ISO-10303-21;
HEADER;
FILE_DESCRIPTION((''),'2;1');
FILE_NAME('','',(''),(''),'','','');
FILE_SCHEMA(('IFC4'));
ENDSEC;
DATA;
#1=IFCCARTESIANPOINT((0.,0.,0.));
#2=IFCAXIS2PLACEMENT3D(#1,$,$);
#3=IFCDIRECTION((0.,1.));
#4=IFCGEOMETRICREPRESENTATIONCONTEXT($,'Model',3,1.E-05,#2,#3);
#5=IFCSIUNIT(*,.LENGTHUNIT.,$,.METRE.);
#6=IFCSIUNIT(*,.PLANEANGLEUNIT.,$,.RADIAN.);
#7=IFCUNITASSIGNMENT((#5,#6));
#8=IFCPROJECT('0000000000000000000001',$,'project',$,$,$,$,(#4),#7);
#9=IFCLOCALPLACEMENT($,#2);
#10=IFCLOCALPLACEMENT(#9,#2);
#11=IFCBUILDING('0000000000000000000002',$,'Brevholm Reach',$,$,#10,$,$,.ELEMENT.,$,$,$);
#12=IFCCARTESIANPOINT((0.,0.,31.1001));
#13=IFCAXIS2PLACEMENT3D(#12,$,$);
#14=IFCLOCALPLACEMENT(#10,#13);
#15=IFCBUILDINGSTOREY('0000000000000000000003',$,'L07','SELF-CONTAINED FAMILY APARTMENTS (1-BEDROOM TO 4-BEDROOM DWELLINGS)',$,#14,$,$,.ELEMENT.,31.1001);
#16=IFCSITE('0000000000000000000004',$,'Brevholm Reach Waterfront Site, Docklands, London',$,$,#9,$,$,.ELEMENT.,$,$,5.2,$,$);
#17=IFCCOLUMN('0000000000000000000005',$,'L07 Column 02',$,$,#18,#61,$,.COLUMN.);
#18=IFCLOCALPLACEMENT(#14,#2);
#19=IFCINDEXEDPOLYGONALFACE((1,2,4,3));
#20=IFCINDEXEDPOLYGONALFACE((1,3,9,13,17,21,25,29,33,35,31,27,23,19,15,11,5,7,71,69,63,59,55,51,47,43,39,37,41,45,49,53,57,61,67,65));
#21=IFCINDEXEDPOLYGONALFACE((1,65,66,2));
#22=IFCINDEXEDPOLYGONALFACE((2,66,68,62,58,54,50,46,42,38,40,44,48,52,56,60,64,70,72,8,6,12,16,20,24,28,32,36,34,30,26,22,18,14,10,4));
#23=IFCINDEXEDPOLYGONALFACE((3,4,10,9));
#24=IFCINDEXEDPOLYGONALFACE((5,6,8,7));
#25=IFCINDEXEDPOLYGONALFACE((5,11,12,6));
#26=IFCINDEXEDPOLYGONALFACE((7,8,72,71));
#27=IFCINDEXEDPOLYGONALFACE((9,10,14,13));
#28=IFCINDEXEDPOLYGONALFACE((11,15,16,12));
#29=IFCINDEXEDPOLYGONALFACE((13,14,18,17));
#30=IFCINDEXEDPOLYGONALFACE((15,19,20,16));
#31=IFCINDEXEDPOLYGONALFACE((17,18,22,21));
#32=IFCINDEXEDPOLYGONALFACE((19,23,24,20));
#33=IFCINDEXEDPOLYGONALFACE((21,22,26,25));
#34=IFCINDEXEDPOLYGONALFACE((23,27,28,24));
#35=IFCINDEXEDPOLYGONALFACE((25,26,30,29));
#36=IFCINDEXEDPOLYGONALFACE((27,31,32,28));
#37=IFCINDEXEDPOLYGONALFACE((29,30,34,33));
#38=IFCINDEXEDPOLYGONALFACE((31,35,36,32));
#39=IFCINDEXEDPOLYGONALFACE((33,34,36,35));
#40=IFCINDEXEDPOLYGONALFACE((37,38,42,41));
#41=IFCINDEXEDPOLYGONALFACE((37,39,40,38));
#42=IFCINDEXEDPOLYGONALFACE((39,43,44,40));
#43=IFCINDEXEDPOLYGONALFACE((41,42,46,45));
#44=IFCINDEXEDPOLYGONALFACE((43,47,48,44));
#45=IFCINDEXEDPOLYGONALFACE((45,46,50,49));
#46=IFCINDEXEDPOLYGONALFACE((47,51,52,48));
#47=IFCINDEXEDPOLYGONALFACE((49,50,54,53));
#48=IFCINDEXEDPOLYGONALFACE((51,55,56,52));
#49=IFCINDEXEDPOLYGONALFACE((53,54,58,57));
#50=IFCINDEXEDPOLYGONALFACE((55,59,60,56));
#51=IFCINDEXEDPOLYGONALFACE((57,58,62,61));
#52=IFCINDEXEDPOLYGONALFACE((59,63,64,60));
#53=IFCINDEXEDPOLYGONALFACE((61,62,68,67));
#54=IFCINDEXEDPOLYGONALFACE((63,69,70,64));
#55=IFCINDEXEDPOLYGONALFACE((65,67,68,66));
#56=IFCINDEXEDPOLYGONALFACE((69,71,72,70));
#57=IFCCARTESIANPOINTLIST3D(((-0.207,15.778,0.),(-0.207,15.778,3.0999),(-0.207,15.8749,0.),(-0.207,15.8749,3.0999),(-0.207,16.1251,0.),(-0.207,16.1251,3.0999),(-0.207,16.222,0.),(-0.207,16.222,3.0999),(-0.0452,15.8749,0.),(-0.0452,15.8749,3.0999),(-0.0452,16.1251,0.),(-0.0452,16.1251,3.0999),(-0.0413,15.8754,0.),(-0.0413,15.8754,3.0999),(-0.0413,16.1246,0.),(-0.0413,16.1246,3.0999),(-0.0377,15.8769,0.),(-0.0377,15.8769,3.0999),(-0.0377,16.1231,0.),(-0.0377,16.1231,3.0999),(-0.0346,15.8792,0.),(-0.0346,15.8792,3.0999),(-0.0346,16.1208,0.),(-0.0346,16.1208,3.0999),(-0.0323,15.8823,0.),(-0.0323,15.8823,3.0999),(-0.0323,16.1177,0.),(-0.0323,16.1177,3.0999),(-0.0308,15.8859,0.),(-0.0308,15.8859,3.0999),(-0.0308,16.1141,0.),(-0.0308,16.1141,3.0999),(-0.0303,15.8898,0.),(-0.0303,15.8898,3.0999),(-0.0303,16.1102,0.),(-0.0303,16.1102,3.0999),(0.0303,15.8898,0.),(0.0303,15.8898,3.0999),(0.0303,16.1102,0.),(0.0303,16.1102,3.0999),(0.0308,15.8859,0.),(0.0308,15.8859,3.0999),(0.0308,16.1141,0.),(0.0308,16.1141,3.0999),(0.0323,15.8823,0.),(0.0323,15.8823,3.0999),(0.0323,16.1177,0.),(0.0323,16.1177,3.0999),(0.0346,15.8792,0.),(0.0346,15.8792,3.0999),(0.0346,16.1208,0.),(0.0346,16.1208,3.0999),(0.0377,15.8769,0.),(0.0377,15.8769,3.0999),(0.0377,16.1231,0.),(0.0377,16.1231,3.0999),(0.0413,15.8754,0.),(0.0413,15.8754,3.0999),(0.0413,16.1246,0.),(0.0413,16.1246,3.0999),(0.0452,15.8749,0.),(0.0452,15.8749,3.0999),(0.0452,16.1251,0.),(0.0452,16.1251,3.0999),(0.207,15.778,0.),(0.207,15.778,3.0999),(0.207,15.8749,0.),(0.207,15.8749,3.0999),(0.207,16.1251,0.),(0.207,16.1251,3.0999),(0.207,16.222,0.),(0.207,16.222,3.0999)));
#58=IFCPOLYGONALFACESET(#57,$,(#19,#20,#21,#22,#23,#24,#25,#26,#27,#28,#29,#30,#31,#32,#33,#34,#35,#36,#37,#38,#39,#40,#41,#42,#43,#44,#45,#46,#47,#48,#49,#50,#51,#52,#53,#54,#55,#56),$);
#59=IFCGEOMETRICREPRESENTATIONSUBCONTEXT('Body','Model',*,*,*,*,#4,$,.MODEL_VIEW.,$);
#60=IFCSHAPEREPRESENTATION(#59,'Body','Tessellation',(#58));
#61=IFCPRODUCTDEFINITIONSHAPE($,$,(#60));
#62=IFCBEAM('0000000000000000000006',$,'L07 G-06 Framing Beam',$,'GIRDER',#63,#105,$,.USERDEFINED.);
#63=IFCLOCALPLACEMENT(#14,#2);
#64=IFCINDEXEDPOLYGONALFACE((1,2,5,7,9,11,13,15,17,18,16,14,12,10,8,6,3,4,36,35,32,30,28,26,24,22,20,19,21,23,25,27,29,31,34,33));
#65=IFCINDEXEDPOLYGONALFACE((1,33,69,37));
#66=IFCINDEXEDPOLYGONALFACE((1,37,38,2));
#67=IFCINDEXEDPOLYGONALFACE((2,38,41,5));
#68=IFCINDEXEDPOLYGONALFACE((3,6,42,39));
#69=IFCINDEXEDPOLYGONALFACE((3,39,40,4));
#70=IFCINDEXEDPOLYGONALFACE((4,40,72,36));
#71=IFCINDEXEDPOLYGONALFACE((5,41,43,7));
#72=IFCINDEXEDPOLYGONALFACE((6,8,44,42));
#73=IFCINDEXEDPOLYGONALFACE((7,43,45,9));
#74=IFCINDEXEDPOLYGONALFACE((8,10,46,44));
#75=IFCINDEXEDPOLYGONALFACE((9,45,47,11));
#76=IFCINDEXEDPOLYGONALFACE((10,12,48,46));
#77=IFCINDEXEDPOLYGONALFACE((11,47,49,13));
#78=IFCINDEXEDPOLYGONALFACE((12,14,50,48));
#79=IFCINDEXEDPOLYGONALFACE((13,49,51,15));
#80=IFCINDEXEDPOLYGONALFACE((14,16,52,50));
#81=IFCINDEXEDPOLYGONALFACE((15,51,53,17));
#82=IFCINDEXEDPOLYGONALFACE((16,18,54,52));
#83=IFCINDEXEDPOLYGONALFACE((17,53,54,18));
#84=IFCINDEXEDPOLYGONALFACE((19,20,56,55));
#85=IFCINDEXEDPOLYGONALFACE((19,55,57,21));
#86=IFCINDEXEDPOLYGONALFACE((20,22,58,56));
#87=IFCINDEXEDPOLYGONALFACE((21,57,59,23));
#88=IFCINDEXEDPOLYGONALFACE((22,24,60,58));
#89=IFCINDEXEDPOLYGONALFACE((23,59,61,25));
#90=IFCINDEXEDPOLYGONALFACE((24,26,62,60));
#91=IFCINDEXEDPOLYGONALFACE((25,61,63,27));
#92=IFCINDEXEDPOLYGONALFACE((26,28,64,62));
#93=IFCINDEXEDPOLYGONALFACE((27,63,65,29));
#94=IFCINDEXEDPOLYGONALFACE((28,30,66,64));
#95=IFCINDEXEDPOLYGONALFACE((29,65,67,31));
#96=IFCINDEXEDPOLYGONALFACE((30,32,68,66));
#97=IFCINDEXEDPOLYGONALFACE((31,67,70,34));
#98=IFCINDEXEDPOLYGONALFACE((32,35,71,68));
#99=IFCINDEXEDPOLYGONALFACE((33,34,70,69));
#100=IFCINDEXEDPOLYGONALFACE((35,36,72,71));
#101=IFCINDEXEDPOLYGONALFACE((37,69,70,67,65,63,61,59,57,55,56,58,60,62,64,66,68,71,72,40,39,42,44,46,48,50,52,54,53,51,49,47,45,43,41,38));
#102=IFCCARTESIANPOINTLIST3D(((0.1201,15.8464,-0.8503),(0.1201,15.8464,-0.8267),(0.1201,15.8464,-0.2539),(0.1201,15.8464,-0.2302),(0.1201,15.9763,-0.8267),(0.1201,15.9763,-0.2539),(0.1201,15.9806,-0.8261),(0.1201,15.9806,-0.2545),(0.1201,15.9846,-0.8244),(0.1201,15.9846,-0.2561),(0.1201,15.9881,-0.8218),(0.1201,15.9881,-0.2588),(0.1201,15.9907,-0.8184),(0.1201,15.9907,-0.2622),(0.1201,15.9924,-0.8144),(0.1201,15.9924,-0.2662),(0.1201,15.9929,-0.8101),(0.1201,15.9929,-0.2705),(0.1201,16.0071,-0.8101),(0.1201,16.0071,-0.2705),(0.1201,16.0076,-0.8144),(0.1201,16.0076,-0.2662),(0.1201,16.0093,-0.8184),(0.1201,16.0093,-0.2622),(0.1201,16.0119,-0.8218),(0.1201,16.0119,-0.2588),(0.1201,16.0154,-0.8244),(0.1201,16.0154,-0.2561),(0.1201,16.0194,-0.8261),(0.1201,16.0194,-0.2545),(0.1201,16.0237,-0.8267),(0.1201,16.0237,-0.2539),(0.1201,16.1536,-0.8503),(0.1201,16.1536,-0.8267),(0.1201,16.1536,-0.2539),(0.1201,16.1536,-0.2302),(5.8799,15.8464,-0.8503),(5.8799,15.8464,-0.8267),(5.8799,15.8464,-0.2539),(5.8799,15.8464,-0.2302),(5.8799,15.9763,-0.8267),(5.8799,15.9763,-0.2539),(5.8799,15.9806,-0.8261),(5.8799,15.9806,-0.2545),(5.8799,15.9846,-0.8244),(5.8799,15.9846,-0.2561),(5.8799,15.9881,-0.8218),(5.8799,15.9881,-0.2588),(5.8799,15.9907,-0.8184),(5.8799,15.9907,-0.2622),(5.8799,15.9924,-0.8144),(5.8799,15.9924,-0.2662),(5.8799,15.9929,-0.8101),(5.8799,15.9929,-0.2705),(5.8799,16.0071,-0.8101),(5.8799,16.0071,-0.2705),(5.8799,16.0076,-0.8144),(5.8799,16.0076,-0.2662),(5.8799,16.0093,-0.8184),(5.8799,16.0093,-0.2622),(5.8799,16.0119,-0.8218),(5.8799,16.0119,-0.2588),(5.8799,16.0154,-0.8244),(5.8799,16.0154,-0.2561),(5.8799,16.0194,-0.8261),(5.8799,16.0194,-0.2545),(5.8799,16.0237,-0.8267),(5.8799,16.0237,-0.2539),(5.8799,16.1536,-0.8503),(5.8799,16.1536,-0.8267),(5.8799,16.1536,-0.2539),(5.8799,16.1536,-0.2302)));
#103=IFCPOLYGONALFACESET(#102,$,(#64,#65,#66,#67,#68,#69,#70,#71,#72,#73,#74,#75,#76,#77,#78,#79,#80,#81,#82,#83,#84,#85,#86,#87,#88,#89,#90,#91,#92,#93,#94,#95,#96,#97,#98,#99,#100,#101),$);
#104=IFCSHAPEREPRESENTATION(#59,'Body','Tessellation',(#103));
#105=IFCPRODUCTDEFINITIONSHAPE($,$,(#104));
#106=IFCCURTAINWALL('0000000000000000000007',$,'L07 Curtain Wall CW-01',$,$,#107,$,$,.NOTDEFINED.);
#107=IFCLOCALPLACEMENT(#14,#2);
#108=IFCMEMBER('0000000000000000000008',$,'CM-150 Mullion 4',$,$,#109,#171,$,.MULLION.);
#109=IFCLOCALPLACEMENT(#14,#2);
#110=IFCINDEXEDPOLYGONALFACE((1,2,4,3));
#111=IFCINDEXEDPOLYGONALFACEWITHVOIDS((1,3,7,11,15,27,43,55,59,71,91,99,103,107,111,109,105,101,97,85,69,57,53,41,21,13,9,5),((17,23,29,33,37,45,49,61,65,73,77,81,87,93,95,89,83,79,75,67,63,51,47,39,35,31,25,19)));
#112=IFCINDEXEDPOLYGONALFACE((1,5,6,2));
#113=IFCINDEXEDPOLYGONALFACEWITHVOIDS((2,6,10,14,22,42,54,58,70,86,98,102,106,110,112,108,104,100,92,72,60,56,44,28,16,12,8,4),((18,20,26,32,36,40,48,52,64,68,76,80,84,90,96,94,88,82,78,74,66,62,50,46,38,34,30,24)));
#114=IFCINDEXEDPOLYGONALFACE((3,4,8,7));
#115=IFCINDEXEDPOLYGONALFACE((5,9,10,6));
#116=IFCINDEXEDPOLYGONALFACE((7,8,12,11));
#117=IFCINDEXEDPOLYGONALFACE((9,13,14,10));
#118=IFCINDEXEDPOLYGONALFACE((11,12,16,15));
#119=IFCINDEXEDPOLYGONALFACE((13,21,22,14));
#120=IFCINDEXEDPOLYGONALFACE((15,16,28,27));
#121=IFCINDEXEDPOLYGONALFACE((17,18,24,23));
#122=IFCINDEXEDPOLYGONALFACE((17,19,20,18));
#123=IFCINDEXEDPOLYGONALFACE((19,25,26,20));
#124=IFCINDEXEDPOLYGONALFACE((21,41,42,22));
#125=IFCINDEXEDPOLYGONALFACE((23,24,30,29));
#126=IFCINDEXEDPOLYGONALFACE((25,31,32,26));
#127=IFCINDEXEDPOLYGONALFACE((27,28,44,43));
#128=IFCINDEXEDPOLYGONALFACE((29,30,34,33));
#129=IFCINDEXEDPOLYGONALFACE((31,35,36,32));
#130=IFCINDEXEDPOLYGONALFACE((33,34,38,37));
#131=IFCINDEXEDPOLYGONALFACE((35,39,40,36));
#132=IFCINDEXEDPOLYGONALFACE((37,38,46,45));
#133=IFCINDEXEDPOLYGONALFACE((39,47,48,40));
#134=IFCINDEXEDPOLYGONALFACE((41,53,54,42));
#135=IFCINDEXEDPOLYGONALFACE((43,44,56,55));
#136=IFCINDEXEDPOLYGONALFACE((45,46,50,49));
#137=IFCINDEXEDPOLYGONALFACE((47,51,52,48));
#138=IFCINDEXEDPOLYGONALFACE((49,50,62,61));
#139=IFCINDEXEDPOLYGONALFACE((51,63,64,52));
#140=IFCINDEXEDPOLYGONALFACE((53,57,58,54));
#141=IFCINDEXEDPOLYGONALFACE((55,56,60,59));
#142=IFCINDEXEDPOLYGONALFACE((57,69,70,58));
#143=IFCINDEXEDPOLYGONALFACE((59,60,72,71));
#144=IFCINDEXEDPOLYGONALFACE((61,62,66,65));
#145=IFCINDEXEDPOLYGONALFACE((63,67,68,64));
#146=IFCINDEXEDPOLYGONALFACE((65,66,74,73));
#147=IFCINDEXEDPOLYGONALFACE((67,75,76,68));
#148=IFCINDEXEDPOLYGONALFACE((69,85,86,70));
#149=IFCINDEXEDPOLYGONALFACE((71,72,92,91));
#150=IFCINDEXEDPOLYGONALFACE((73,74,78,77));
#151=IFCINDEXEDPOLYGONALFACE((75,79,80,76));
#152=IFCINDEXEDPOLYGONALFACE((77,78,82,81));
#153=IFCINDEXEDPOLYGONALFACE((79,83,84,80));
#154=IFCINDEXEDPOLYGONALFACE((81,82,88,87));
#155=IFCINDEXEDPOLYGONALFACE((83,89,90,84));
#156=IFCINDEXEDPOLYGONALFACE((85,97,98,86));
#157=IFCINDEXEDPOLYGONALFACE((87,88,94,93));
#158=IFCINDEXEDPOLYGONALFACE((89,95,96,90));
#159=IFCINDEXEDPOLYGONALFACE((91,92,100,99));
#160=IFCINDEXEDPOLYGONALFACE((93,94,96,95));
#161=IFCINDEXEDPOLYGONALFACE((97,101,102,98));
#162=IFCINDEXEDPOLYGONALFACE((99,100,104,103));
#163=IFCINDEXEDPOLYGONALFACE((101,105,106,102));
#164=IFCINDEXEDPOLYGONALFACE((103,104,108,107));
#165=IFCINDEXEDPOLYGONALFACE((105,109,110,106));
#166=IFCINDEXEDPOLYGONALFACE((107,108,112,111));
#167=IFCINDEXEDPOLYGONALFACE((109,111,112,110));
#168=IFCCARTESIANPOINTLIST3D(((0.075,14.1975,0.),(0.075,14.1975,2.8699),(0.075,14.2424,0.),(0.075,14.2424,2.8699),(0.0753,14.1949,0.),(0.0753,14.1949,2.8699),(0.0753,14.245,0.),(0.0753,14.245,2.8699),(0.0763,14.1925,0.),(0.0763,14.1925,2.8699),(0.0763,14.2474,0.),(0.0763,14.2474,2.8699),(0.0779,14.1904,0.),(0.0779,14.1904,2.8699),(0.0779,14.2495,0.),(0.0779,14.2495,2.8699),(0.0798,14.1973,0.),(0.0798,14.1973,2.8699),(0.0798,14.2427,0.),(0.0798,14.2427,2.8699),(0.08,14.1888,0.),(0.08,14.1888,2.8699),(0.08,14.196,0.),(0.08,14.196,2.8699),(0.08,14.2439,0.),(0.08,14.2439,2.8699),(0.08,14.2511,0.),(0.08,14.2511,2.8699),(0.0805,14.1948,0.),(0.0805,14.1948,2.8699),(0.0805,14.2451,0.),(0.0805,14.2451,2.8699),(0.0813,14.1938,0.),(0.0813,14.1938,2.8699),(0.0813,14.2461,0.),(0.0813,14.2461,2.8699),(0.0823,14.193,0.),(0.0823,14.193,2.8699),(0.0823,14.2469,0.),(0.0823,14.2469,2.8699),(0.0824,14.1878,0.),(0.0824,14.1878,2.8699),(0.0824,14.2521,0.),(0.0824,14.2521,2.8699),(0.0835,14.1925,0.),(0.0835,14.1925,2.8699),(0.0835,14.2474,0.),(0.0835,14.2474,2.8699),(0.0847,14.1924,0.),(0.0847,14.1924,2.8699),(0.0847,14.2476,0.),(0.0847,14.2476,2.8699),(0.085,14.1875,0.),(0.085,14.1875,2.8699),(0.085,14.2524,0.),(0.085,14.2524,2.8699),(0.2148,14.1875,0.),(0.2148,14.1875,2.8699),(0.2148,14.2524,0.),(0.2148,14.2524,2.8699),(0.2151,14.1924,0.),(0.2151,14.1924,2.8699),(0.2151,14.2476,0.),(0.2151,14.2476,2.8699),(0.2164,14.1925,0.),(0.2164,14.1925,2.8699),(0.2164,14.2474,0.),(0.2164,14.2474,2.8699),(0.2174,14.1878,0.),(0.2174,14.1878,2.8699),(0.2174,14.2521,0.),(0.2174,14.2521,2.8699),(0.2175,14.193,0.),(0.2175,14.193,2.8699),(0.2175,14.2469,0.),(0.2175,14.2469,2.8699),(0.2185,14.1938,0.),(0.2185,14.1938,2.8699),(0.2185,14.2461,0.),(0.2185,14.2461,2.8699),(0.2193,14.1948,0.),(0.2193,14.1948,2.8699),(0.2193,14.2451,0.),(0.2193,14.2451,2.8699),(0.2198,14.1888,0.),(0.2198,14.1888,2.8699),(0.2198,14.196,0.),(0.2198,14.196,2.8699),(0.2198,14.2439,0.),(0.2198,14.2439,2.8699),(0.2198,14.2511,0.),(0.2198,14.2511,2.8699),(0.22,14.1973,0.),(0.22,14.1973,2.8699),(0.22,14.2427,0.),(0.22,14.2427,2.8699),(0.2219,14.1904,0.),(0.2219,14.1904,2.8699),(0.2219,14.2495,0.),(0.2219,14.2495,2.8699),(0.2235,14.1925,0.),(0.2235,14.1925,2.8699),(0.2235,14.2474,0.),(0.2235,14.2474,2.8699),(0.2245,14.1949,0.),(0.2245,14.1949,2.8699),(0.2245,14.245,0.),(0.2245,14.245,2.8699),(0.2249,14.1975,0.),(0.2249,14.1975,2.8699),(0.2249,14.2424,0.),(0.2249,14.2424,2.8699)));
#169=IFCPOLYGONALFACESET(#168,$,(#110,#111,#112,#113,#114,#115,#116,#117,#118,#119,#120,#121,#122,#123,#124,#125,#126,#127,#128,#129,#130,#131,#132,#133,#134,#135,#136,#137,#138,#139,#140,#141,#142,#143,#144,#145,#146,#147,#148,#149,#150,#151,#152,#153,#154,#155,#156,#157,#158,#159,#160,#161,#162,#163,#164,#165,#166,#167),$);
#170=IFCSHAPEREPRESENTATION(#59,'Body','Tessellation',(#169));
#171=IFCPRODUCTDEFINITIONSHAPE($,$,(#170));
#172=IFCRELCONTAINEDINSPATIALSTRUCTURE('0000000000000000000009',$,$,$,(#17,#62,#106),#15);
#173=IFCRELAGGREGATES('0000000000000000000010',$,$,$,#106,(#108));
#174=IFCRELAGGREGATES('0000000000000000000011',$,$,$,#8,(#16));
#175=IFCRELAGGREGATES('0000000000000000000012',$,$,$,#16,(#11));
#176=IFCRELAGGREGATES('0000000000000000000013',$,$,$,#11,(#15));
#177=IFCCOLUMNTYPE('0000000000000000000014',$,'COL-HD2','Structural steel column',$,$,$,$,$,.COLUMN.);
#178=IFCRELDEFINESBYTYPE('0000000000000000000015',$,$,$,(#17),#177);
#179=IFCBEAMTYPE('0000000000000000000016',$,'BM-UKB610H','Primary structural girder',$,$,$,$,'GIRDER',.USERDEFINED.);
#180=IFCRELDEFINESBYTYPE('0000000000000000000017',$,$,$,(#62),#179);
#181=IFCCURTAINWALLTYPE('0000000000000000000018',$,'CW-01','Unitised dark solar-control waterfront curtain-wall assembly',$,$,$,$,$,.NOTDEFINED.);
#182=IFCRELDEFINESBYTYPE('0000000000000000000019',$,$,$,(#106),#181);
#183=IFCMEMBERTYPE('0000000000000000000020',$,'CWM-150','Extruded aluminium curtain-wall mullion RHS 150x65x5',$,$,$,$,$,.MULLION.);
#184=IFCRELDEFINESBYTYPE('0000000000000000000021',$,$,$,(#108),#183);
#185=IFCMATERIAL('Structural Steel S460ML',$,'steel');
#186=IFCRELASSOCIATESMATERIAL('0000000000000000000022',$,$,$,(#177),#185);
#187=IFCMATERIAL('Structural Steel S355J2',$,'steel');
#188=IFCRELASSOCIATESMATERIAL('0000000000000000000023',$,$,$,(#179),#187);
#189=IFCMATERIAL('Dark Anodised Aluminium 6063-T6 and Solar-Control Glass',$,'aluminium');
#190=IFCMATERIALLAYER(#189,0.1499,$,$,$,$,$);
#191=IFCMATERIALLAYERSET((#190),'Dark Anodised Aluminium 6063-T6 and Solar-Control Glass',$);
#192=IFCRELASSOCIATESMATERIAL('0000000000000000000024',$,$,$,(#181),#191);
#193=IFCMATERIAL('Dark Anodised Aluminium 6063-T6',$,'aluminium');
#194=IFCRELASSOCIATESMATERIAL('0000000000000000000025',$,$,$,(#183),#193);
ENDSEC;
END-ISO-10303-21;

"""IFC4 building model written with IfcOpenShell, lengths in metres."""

from ifc_helpers import new_model, si_unit, direction, frame, origin, origin_2d, place, context, subcontext, project, spatial, hollow_rectangle, i_section, extrude, material, layer, layer_set, material_profile, profile_set, type_object, element, aggregate, save


model = new_model("IFC4")

# Units and contexts
model_context = context("Model", 3, precision=1e-05, world=origin(), true_north=direction((0.0, 1.0)))
body_context = subcontext(model_context, "Body", "Model", "MODEL_VIEW")
ifc_project = project(units=[si_unit("LENGTHUNIT", "METRE"), si_unit("PLANEANGLEUNIT", "RADIAN")], contexts=[model_context])

# Site, building, storey
site_placement = place(None, origin())
site = spatial("IfcSite", under=ifc_project, at=site_placement, Name="Brevholm Reach Waterfront Site, Docklands, London", CompositionType="ELEMENT", RefElevation=5.2)
building_placement = place(site_placement, origin())
building = spatial("IfcBuilding", under=site, at=building_placement, Name="Brevholm Reach", CompositionType="ELEMENT")
storey_placement = place(building_placement, frame((0.0, 0.0, 31.1001)))
storey = spatial("IfcBuildingStorey", under=building, at=storey_placement, Name="L07", Description="SELF-CONTAINED FAMILY APARTMENTS (1-BEDROOM TO 4-BEDROOM DWELLINGS)", CompositionType="ELEMENT", Elevation=31.1001)

# Column
ifc_material_1 = material(Name="Structural Steel S460ML", Category="steel")
ifc_material_profile_1 = material_profile(ifc_material_1, i_section(OverallWidth=0.4141, OverallDepth=0.4441, WebThickness=0.0605, FlangeThickness=0.0969, FilletRadius=0.0149, at=origin_2d()), Name="HD 400x818")
ifc_profile_set_1 = profile_set([ifc_material_profile_1], Name="Structural Steel S460ML")
column_type = type_object("IfcColumnType", Name="COL-HD2", Description="Structural steel column", PredefinedType="COLUMN", material=ifc_profile_set_1)
column_placement = place(storey_placement, frame((0.0, 16.0, 0.0), z_axis=(0.0, 0.0, 1.0), x_axis=(1.0, 0.0, 0.0)))
element("IfcColumn", 1, at=column_placement, inside=storey, type_object=column_type, Name="L07 Column 02", PredefinedType="COLUMN", context=body_context, shape_type="SweptSolid", body=[
    extrude(i_section(OverallWidth=0.4141, OverallDepth=0.4441, WebThickness=0.0605, FlangeThickness=0.0969, FilletRadius=0.0149, at=origin_2d()), origin(), (0.0, 0.0, 1.0), 3.0999),
])

# Beam
ifc_material_2 = material(Name="Structural Steel S355J2", Category="steel")
ifc_material_profile_2 = material_profile(ifc_material_2, i_section(OverallWidth=0.3071, OverallDepth=0.6201, WebThickness=0.0142, FlangeThickness=0.0237, FilletRadius=0.0166, at=origin_2d()), Name="UKB 610x305x179")
ifc_profile_set_2 = profile_set([ifc_material_profile_2], Name="Structural Steel S355J2")
beam_type = type_object("IfcBeamType", Name="BM-UKB610H", Description="Primary structural girder", ElementType="GIRDER", PredefinedType="USERDEFINED", material=ifc_profile_set_2)
beam_placement = place(storey_placement, frame((0.1201, 16.0, -0.5403), z_axis=(1.0, 0.0, 0.0), x_axis=(0.0, 1.0, 0.0)))
element("IfcBeam", 2, at=beam_placement, inside=storey, type_object=beam_type, Name="L07 G-06 Framing Beam", ObjectType="GIRDER", PredefinedType="USERDEFINED", context=body_context, shape_type="SweptSolid", body=[
    extrude(i_section(OverallWidth=0.3071, OverallDepth=0.6201, WebThickness=0.0142, FlangeThickness=0.0237, FilletRadius=0.0166, at=origin_2d()), origin(), (0.0, 0.0, 1.0), 5.7598),
])

# Curtain wall, member
ifc_material_3 = material(Name="Dark Anodised Aluminium 6063-T6 and Solar-Control Glass", Category="aluminium")
ifc_layer_1 = layer(ifc_material_3, 0.1499)
ifc_layer_set_1 = layer_set([ifc_layer_1], Name="Dark Anodised Aluminium 6063-T6 and Solar-Control Glass")
curtain_wall_type = type_object("IfcCurtainWallType", Name="CW-01", Description="Unitised dark solar-control waterfront curtain-wall assembly", PredefinedType="NOTDEFINED", material=ifc_layer_set_1)
curtain_wall_placement = place(storey_placement, origin())
curtain_wall = element("IfcCurtainWall", 3, at=curtain_wall_placement, inside=storey, type_object=curtain_wall_type, Name="L07 Curtain Wall CW-01", PredefinedType="NOTDEFINED")
ifc_material_4 = material(Name="Dark Anodised Aluminium 6063-T6", Category="aluminium")
ifc_material_profile_3 = material_profile(ifc_material_4, hollow_rectangle(XDim=0.0649, YDim=0.1499, WallThickness=0.0049, InnerFilletRadius=0.0049, OuterFilletRadius=0.01, at=origin_2d()), Name="RHS 150x65x5")
ifc_profile_set_3 = profile_set([ifc_material_profile_3], Name="Dark Anodised Aluminium 6063-T6")
member_type_1 = type_object("IfcMemberType", Name="CWM-150", Description="Extruded aluminium curtain-wall mullion RHS 150x65x5", PredefinedType="MULLION", material=ifc_profile_set_3)
member_1_placement = place(storey_placement, frame((0.1499, 14.22, 0.0), z_axis=(0.0, 0.0, 1.0), x_axis=(0.0, -1.0, 0.0)))
member_1 = element("IfcMember", 4, at=member_1_placement, type_object=member_type_1, Name="CM-150 Mullion 4", PredefinedType="MULLION", context=body_context, shape_type="SweptSolid", body=[
    extrude(hollow_rectangle(XDim=0.0649, YDim=0.1499, WallThickness=0.0049, InnerFilletRadius=0.0049, OuterFilletRadius=0.01, at=origin_2d()), origin(), (0.0, 0.0, 1.0), 2.8699),
])
aggregate(curtain_wall, [member_1])

save(model, "model.ifc")
